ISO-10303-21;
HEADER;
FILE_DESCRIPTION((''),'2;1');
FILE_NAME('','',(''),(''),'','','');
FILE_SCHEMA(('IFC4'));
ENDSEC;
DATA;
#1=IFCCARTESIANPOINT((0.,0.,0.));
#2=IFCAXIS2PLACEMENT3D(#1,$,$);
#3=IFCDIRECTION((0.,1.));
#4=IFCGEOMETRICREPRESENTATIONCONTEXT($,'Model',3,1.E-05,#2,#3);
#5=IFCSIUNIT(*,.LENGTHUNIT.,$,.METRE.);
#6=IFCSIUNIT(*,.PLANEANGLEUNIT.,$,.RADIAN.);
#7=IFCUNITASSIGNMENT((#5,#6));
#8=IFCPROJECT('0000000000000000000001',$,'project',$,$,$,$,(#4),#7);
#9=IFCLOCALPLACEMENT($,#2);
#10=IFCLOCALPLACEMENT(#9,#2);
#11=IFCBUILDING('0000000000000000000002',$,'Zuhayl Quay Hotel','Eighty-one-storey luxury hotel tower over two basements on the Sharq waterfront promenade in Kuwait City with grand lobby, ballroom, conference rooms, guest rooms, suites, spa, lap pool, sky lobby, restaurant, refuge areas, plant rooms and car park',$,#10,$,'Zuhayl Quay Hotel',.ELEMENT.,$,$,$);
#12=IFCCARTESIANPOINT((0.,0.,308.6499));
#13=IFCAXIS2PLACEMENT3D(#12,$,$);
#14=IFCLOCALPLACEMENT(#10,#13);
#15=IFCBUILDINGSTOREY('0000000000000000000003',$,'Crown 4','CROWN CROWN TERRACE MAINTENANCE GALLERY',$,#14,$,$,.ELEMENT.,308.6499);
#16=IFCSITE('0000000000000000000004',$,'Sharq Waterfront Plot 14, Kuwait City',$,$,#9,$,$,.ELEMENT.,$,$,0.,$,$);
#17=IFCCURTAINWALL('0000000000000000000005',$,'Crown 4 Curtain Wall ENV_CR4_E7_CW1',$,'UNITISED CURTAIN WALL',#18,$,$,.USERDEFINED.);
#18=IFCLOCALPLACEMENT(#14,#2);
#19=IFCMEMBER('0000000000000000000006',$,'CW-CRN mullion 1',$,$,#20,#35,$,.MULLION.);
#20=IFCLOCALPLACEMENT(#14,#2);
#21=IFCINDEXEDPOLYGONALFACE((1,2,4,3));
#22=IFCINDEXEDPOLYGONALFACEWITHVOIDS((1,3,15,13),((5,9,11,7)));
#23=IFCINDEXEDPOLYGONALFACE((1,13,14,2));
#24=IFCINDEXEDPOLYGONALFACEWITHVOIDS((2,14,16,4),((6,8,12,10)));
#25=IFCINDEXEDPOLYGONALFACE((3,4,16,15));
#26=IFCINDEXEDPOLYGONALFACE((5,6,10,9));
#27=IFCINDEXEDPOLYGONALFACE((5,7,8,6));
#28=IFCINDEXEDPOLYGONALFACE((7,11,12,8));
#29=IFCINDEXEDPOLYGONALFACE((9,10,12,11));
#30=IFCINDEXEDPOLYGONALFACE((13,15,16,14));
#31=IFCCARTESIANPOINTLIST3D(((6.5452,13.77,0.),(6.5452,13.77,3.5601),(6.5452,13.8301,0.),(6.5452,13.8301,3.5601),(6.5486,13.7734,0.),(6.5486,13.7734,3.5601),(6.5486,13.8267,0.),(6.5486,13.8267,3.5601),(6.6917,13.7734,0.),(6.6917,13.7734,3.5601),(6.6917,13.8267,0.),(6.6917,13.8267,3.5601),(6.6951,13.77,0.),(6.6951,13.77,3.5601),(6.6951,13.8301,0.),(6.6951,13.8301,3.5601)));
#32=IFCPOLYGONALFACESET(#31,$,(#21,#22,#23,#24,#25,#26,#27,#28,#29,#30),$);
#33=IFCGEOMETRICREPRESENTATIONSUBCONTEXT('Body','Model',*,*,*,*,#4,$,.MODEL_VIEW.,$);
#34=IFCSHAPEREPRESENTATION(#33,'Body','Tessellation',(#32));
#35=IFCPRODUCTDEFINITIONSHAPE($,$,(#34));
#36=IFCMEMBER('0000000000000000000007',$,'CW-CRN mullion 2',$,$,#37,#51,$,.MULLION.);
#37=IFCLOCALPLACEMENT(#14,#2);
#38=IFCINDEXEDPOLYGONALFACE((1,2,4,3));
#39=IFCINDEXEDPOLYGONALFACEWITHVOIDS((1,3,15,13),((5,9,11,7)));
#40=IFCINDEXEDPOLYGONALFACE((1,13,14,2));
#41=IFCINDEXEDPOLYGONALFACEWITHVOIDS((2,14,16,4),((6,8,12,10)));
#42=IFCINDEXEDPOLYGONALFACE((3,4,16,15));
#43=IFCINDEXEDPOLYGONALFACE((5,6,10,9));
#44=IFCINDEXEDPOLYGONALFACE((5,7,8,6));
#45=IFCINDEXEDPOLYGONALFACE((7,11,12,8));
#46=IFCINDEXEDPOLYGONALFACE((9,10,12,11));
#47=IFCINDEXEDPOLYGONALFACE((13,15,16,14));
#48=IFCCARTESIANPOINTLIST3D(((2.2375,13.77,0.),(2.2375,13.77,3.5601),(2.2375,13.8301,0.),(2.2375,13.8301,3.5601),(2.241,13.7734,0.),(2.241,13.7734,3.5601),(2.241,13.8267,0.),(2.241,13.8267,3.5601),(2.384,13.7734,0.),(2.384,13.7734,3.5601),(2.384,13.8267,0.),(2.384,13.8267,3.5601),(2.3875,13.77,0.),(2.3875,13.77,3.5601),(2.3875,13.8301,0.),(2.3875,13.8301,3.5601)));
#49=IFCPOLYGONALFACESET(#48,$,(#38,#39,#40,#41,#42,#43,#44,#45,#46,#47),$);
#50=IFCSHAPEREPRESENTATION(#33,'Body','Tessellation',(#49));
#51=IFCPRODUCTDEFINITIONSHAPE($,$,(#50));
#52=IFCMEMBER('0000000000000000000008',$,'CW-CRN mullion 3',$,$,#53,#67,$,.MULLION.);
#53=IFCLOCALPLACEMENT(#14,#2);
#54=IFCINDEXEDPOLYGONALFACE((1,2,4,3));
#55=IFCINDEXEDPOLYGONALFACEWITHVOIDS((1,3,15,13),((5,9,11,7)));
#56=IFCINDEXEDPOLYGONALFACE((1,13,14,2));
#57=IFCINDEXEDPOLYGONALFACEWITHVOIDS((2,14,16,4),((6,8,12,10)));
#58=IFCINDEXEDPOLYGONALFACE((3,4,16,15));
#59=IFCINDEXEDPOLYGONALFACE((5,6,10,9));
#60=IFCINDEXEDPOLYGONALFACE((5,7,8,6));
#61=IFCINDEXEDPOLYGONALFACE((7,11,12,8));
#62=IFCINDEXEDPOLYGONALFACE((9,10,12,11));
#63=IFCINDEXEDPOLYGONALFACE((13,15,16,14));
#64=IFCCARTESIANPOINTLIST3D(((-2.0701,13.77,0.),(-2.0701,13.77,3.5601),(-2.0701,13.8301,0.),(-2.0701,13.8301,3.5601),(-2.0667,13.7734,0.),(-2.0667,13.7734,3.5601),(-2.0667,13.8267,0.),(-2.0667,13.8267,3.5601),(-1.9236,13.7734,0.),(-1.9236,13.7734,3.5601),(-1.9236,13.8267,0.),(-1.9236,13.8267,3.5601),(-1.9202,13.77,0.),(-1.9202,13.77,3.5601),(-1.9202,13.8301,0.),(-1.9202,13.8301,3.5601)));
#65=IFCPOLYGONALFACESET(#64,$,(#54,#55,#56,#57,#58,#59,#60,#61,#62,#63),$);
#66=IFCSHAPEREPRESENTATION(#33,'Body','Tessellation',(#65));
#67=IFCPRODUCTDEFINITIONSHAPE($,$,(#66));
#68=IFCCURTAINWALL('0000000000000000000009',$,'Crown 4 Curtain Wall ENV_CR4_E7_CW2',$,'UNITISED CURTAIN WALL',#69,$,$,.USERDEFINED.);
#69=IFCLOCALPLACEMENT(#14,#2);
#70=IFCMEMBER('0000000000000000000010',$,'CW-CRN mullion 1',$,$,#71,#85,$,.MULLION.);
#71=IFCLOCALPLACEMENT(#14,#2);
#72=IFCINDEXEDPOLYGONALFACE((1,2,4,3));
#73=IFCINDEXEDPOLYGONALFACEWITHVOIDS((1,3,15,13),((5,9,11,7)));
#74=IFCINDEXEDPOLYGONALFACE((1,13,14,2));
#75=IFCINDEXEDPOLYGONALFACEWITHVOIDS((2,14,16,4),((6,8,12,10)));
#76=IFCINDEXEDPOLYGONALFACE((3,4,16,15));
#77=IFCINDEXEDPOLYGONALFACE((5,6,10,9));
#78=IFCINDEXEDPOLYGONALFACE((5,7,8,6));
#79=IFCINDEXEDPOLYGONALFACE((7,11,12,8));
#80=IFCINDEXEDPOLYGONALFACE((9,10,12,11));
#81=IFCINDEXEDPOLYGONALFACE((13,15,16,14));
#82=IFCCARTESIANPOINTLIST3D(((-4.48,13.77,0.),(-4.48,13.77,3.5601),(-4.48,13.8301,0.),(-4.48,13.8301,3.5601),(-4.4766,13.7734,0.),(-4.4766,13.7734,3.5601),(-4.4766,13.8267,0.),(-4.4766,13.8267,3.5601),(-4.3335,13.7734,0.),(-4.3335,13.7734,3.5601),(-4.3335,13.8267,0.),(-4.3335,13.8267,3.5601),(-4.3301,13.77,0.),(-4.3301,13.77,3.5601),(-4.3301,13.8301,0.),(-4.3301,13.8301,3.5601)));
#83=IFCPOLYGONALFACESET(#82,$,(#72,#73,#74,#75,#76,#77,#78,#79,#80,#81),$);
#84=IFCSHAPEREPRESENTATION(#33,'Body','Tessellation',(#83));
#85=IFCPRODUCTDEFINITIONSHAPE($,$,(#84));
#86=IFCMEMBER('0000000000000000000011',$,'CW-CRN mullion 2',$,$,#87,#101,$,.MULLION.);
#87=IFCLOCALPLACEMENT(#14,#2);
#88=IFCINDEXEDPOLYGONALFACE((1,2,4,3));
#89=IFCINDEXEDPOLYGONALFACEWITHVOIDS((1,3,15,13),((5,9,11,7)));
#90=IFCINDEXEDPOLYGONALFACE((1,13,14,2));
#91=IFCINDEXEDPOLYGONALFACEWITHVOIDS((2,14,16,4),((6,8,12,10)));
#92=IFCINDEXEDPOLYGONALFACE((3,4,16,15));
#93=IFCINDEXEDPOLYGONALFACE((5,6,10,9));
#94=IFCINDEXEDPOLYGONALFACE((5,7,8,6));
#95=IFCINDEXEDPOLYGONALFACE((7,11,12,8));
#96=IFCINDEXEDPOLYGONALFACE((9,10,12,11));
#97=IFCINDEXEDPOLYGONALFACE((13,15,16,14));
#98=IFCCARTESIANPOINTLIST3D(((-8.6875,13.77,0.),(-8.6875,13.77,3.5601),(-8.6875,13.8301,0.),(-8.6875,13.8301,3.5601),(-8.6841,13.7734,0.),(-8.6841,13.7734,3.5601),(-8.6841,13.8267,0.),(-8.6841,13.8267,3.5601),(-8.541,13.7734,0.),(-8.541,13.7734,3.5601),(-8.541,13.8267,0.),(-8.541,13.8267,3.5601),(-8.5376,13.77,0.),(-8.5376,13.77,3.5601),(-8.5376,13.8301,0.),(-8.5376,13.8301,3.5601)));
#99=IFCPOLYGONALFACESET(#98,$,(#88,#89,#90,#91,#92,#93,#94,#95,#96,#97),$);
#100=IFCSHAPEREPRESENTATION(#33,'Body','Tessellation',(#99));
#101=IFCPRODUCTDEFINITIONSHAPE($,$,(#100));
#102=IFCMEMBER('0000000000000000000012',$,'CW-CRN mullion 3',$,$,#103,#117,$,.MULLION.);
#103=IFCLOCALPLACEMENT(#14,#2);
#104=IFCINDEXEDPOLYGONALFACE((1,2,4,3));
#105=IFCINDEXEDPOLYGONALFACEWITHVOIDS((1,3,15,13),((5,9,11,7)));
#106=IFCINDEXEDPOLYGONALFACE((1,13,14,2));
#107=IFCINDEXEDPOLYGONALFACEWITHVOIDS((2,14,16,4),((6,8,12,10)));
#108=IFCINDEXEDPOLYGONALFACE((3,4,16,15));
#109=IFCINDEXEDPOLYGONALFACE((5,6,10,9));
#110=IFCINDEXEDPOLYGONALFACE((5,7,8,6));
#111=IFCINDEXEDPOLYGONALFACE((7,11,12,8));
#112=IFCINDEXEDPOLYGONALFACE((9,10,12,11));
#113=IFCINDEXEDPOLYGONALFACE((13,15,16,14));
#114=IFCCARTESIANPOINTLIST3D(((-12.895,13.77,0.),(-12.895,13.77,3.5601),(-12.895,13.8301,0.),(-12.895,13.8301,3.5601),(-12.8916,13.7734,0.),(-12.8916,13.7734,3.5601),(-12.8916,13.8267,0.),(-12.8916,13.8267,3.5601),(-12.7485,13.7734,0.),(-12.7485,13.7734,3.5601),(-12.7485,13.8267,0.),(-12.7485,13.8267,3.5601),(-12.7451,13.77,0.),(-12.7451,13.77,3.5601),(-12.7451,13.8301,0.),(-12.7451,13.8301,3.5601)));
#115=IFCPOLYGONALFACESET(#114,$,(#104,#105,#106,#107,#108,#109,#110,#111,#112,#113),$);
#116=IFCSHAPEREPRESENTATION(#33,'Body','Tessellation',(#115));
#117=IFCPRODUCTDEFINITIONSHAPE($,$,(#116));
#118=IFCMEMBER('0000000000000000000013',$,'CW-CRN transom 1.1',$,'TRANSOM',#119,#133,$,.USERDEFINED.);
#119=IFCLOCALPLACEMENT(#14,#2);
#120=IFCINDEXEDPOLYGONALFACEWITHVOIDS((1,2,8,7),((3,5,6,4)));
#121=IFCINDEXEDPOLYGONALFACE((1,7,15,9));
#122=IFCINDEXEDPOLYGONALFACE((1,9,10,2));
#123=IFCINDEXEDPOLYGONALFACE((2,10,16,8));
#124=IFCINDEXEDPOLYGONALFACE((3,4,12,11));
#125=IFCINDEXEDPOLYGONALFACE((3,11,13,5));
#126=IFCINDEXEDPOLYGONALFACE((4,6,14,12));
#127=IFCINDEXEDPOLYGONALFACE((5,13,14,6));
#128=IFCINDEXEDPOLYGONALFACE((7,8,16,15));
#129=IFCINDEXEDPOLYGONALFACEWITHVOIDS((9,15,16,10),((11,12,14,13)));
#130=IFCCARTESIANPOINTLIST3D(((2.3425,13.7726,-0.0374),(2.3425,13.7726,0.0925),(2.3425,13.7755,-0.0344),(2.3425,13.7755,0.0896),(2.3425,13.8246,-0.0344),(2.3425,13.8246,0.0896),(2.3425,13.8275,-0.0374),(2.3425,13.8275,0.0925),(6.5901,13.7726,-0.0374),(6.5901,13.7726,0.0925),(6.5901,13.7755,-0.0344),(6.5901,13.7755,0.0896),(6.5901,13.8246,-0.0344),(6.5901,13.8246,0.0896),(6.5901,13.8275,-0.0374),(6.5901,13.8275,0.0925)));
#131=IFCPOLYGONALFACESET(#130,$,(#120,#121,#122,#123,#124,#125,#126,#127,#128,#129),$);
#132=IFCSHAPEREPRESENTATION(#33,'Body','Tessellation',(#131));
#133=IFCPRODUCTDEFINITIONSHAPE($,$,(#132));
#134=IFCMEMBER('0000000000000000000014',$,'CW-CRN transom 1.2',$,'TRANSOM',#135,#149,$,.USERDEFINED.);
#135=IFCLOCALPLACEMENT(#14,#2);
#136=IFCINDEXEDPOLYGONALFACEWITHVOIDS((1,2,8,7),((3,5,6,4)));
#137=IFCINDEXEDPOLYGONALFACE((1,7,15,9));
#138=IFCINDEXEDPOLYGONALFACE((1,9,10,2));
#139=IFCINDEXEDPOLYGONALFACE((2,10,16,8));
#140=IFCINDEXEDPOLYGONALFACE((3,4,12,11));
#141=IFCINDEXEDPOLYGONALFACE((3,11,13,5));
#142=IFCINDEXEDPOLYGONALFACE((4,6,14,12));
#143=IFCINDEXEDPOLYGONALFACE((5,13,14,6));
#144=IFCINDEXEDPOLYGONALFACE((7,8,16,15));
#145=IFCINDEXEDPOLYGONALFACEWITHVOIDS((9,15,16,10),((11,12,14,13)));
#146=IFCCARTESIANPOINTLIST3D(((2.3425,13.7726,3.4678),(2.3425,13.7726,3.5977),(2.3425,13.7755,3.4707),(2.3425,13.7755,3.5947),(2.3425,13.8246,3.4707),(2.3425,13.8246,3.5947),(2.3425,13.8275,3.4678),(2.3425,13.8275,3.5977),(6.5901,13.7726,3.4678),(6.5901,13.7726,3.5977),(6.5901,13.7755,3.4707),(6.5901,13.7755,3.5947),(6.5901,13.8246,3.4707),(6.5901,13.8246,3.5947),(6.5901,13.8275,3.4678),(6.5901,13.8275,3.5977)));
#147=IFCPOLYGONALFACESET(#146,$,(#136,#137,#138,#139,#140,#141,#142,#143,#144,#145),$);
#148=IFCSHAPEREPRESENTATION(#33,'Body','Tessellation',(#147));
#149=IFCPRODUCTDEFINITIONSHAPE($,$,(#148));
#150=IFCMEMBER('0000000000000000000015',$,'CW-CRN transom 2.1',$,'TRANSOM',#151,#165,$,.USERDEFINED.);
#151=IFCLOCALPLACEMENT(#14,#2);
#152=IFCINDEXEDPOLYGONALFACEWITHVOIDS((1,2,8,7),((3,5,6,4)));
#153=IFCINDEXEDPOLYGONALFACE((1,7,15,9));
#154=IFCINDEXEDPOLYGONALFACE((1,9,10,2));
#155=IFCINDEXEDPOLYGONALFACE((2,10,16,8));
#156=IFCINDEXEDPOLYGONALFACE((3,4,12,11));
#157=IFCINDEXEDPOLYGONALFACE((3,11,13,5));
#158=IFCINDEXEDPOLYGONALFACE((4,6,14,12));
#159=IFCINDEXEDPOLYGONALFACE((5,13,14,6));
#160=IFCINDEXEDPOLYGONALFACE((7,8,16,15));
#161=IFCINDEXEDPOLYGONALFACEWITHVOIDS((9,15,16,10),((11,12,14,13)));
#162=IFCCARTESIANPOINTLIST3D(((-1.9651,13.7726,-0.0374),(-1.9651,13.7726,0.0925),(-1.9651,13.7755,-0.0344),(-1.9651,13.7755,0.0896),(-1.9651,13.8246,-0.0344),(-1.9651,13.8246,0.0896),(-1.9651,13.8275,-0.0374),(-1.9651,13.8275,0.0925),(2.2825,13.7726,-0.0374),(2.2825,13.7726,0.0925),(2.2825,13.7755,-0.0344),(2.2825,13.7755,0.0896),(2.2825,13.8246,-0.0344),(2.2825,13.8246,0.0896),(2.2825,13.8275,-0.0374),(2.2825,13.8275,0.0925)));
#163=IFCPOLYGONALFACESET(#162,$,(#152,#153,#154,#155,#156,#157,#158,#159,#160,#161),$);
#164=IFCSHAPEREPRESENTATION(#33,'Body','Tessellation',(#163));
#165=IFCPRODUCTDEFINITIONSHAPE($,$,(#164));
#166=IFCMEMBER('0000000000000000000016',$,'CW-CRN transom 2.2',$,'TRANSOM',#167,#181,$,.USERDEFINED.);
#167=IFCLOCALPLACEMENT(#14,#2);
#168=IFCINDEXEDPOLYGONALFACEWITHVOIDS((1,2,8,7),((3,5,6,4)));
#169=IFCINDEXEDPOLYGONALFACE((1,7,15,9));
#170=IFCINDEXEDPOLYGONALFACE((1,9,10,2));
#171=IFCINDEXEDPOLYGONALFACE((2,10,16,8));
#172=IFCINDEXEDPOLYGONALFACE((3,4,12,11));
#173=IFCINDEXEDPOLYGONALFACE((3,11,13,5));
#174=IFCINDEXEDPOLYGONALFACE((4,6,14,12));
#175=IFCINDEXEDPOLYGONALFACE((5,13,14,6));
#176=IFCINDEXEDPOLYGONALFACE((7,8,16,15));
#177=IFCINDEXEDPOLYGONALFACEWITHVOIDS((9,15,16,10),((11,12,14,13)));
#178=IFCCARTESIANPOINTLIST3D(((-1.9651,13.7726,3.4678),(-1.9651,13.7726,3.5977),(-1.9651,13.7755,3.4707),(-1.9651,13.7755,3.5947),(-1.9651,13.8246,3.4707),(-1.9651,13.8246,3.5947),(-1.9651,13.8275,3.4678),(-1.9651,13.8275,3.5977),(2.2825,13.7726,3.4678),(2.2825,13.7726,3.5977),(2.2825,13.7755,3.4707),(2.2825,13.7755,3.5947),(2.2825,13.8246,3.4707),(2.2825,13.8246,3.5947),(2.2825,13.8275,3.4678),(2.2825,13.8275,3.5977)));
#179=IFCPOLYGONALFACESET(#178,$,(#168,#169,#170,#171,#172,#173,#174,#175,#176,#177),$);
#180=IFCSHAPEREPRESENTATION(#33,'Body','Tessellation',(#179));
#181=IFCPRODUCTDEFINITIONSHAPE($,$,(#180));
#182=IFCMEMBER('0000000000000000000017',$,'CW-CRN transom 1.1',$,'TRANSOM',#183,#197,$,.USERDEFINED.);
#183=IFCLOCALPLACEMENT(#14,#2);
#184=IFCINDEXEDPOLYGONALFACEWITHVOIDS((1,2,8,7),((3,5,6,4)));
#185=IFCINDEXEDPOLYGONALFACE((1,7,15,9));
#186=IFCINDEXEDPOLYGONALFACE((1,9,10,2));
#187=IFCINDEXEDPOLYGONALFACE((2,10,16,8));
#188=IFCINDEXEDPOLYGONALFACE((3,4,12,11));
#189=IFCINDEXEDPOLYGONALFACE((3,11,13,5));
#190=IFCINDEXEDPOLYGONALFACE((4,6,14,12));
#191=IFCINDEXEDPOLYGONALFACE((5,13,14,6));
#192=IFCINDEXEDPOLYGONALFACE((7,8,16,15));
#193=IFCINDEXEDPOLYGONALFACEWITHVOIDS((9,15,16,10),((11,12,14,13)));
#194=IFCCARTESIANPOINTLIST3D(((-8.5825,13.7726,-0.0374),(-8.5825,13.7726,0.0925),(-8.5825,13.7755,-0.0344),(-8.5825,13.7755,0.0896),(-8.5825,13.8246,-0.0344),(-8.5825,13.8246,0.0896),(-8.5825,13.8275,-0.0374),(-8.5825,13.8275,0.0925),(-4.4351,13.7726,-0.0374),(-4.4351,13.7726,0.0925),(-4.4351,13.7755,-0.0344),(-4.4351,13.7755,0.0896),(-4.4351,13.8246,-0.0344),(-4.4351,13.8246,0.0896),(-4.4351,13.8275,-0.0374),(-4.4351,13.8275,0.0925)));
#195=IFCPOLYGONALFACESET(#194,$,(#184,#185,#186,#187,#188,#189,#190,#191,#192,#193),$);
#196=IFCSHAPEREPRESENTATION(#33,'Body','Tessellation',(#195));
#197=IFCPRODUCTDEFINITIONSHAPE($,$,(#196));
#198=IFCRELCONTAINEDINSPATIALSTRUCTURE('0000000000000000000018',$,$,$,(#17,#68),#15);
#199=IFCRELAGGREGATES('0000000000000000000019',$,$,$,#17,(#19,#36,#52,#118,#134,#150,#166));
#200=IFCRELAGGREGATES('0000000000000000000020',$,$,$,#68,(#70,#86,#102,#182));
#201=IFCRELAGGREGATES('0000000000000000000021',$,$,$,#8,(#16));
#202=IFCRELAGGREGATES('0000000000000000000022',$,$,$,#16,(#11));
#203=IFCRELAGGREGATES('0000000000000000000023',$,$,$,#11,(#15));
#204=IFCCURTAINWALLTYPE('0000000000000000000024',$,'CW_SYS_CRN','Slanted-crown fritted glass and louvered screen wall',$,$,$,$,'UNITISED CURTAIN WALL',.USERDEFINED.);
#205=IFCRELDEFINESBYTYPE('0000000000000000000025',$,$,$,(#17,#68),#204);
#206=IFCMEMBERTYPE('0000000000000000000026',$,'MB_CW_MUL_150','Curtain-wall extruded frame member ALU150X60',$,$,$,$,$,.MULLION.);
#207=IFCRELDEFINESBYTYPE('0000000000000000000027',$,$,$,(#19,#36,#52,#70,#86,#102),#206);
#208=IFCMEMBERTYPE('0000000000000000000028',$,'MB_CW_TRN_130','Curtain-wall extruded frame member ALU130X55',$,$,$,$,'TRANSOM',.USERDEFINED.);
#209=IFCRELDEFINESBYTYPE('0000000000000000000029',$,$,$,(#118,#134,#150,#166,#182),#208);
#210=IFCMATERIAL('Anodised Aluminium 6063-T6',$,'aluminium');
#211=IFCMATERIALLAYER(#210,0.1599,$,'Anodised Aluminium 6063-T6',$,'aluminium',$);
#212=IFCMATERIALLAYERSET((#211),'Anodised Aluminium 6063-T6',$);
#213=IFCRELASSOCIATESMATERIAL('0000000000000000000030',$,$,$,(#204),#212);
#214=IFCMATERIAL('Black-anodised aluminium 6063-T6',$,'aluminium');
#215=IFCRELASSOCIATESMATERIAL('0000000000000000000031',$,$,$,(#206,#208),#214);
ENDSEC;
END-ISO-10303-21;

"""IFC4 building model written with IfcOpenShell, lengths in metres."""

from ifc_helpers import new_model, si_unit, direction, frame, origin, origin_2d, place, context, subcontext, project, spatial, hollow_rectangle, extrude, material, layer, layer_set, material_profile, profile_set, type_object, element, aggregate, save


model = new_model("IFC4")

# Units and contexts
model_context = context("Model", 3, precision=1e-05, world=origin(), true_north=direction((0.0, 1.0)))
body_context = subcontext(model_context, "Body", "Model", "MODEL_VIEW")
ifc_project = project(units=[si_unit("LENGTHUNIT", "METRE"), si_unit("PLANEANGLEUNIT", "RADIAN")], contexts=[model_context])

# Site, building, storey
site_placement = place(None, origin())
site = spatial("IfcSite", under=ifc_project, at=site_placement, Name="Sharq Waterfront Plot 14, Kuwait City", CompositionType="ELEMENT", RefElevation=0.0)
building_placement = place(site_placement, origin())
building = spatial("IfcBuilding", under=site, at=building_placement, Name="Zuhayl Quay Hotel", Description="Eighty-one-storey luxury hotel tower over two basements on the Sharq waterfront promenade in Kuwait City with grand lobby, ballroom, conference rooms, guest rooms, suites, spa, lap pool, sky lobby, restaurant, refuge areas, plant rooms and car park", LongName="Zuhayl Quay Hotel", CompositionType="ELEMENT")
storey_placement = place(building_placement, frame((0.0, 0.0, 308.6499)))
storey = spatial("IfcBuildingStorey", under=building, at=storey_placement, Name="Crown 4", Description="CROWN CROWN TERRACE MAINTENANCE GALLERY", CompositionType="ELEMENT", Elevation=308.6499)

# Curtain walls, members
ifc_material_1 = material(Name="Anodised Aluminium 6063-T6", Category="aluminium")
ifc_layer_1 = layer(ifc_material_1, 0.1599, Name="Anodised Aluminium 6063-T6", Category="aluminium")
ifc_layer_set_1 = layer_set([ifc_layer_1], Name="Anodised Aluminium 6063-T6")
curtain_wall_type = type_object("IfcCurtainWallType", Name="CW_SYS_CRN", Description="Slanted-crown fritted glass and louvered screen wall", ElementType="UNITISED CURTAIN WALL", PredefinedType="USERDEFINED", material=ifc_layer_set_1)
curtain_wall_1_placement = place(storey_placement, origin())
curtain_wall_1 = element("IfcCurtainWall", 1, at=curtain_wall_1_placement, inside=storey, type_object=curtain_wall_type, Name="Crown 4 Curtain Wall ENV_CR4_E7_CW1", ObjectType="UNITISED CURTAIN WALL", PredefinedType="USERDEFINED")
ifc_material_2 = material(Name="Black-anodised aluminium 6063-T6", Category="aluminium")
ifc_material_profile_1 = material_profile(ifc_material_2, hollow_rectangle(XDim=0.0601, YDim=0.1499, WallThickness=0.0034, at=origin_2d()), Name="ALU150X60")
ifc_profile_set_1 = profile_set([ifc_material_profile_1], Name="Black-anodised aluminium 6063-T6")
member_type_1 = type_object("IfcMemberType", Name="MB_CW_MUL_150", Description="Curtain-wall extruded frame member ALU150X60", PredefinedType="MULLION", material=ifc_profile_set_1)
member_1_placement = place(storey_placement, frame((6.6201, 13.8, 0.0), z_axis=(0.0, 0.0, 1.0), x_axis=(0.0, -1.0, 0.0)))
member_1 = element("IfcMember", 2, at=member_1_placement, type_object=member_type_1, Name="CW-CRN mullion 1", PredefinedType="MULLION", context=body_context, shape_type="SweptSolid", body=[
    extrude(hollow_rectangle(XDim=0.0601, YDim=0.1499, WallThickness=0.0034, at=origin_2d()), origin(), (0.0, 0.0, 1.0), 3.5601),
])
member_2_placement = place(storey_placement, frame((2.3125, 13.8, 0.0), z_axis=(0.0, 0.0, 1.0), x_axis=(0.0, -1.0, 0.0)))
member_2 = element("IfcMember", 3, at=member_2_placement, type_object=member_type_1, Name="CW-CRN mullion 2", PredefinedType="MULLION", context=body_context, shape_type="SweptSolid", body=[
    extrude(hollow_rectangle(XDim=0.0601, YDim=0.1499, WallThickness=0.0034, at=origin_2d()), origin(), (0.0, 0.0, 1.0), 3.5601),
])
member_3_placement = place(storey_placement, frame((-1.9951, 13.8, 0.0), z_axis=(0.0, 0.0, 1.0), x_axis=(0.0, -1.0, 0.0)))
member_3 = element("IfcMember", 4, at=member_3_placement, type_object=member_type_1, Name="CW-CRN mullion 3", PredefinedType="MULLION", context=body_context, shape_type="SweptSolid", body=[
    extrude(hollow_rectangle(XDim=0.0601, YDim=0.1499, WallThickness=0.0034, at=origin_2d()), origin(), (0.0, 0.0, 1.0), 3.5601),
])
curtain_wall_2_placement = place(storey_placement, origin())
curtain_wall_2 = element("IfcCurtainWall", 5, at=curtain_wall_2_placement, inside=storey, type_object=curtain_wall_type, Name="Crown 4 Curtain Wall ENV_CR4_E7_CW2", ObjectType="UNITISED CURTAIN WALL", PredefinedType="USERDEFINED")
member_4_placement = place(storey_placement, frame((-4.405, 13.8, 0.0), z_axis=(0.0, 0.0, 1.0), x_axis=(0.0, -1.0, 0.0)))
member_4 = element("IfcMember", 6, at=member_4_placement, type_object=member_type_1, Name="CW-CRN mullion 1", PredefinedType="MULLION", context=body_context, shape_type="SweptSolid", body=[
    extrude(hollow_rectangle(XDim=0.0601, YDim=0.1499, WallThickness=0.0034, at=origin_2d()), origin(), (0.0, 0.0, 1.0), 3.5601),
])
member_5_placement = place(storey_placement, frame((-8.6125, 13.8, 0.0), z_axis=(0.0, 0.0, 1.0), x_axis=(0.0, -1.0, 0.0)))
member_5 = element("IfcMember", 7, at=member_5_placement, type_object=member_type_1, Name="CW-CRN mullion 2", PredefinedType="MULLION", context=body_context, shape_type="SweptSolid", body=[
    extrude(hollow_rectangle(XDim=0.0601, YDim=0.1499, WallThickness=0.0034, at=origin_2d()), origin(), (0.0, 0.0, 1.0), 3.5601),
])
member_6_placement = place(storey_placement, frame((-12.8201, 13.8, 0.0), z_axis=(0.0, 0.0, 1.0), x_axis=(0.0, -1.0, 0.0)))
member_6 = element("IfcMember", 8, at=member_6_placement, type_object=member_type_1, Name="CW-CRN mullion 3", PredefinedType="MULLION", context=body_context, shape_type="SweptSolid", body=[
    extrude(hollow_rectangle(XDim=0.0601, YDim=0.1499, WallThickness=0.0034, at=origin_2d()), origin(), (0.0, 0.0, 1.0), 3.5601),
])

# Members
ifc_material_profile_2 = material_profile(ifc_material_2, hollow_rectangle(XDim=0.0549, YDim=0.1299, WallThickness=0.0029, at=origin_2d()), Name="ALU130X55")
ifc_profile_set_2 = profile_set([ifc_material_profile_2], Name="Black-anodised aluminium 6063-T6")
member_type_2 = type_object("IfcMemberType", Name="MB_CW_TRN_130", Description="Curtain-wall extruded frame member ALU130X55", ElementType="TRANSOM", PredefinedType="USERDEFINED", material=ifc_profile_set_2)
member_7_placement = place(storey_placement, frame((6.5901, 13.8, 0.0276), z_axis=(-1.0, 0.0, 0.0), x_axis=(0.0, -1.0, 0.0)))
member_7 = element("IfcMember", 9, at=member_7_placement, type_object=member_type_2, Name="CW-CRN transom 1.1", ObjectType="TRANSOM", PredefinedType="USERDEFINED", context=body_context, shape_type="SweptSolid", body=[
    extrude(hollow_rectangle(XDim=0.0549, YDim=0.1299, WallThickness=0.0029, at=origin_2d()), origin(), (0.0, 0.0, 1.0), 4.2476),
])
member_8_placement = place(storey_placement, frame((6.5901, 13.8, 3.5327), z_axis=(-1.0, 0.0, 0.0), x_axis=(0.0, -1.0, 0.0)))
member_8 = element("IfcMember", 10, at=member_8_placement, type_object=member_type_2, Name="CW-CRN transom 1.2", ObjectType="TRANSOM", PredefinedType="USERDEFINED", context=body_context, shape_type="SweptSolid", body=[
    extrude(hollow_rectangle(XDim=0.0549, YDim=0.1299, WallThickness=0.0029, at=origin_2d()), origin(), (0.0, 0.0, 1.0), 4.2476),
])
member_9_placement = place(storey_placement, frame((2.2825, 13.8, 0.0276), z_axis=(-1.0, 0.0, 0.0), x_axis=(0.0, -1.0, 0.0)))
member_9 = element("IfcMember", 11, at=member_9_placement, type_object=member_type_2, Name="CW-CRN transom 2.1", ObjectType="TRANSOM", PredefinedType="USERDEFINED", context=body_context, shape_type="SweptSolid", body=[
    extrude(hollow_rectangle(XDim=0.0549, YDim=0.1299, WallThickness=0.0029, at=origin_2d()), origin(), (0.0, 0.0, 1.0), 4.2476),
])
member_10_placement = place(storey_placement, frame((2.2825, 13.8, 3.5327), z_axis=(-1.0, 0.0, 0.0), x_axis=(0.0, -1.0, 0.0)))
member_10 = element("IfcMember", 12, at=member_10_placement, type_object=member_type_2, Name="CW-CRN transom 2.2", ObjectType="TRANSOM", PredefinedType="USERDEFINED", context=body_context, shape_type="SweptSolid", body=[
    extrude(hollow_rectangle(XDim=0.0549, YDim=0.1299, WallThickness=0.0029, at=origin_2d()), origin(), (0.0, 0.0, 1.0), 4.2476),
])
member_11_placement = place(storey_placement, frame((-4.4351, 13.8, 0.0276), z_axis=(-1.0, 0.0, 0.0), x_axis=(0.0, -1.0, 0.0)))
member_11 = element("IfcMember", 13, at=member_11_placement, type_object=member_type_2, Name="CW-CRN transom 1.1", ObjectType="TRANSOM", PredefinedType="USERDEFINED", context=body_context, shape_type="SweptSolid", body=[
    extrude(hollow_rectangle(XDim=0.0549, YDim=0.1299, WallThickness=0.0029, at=origin_2d()), origin(), (0.0, 0.0, 1.0), 4.1475),
])

aggregate(curtain_wall_1, [member_1, member_2, member_3, member_7, member_8, member_9, member_10])
aggregate(curtain_wall_2, [member_4, member_5, member_6, member_11])

save(model, "model.ifc")
